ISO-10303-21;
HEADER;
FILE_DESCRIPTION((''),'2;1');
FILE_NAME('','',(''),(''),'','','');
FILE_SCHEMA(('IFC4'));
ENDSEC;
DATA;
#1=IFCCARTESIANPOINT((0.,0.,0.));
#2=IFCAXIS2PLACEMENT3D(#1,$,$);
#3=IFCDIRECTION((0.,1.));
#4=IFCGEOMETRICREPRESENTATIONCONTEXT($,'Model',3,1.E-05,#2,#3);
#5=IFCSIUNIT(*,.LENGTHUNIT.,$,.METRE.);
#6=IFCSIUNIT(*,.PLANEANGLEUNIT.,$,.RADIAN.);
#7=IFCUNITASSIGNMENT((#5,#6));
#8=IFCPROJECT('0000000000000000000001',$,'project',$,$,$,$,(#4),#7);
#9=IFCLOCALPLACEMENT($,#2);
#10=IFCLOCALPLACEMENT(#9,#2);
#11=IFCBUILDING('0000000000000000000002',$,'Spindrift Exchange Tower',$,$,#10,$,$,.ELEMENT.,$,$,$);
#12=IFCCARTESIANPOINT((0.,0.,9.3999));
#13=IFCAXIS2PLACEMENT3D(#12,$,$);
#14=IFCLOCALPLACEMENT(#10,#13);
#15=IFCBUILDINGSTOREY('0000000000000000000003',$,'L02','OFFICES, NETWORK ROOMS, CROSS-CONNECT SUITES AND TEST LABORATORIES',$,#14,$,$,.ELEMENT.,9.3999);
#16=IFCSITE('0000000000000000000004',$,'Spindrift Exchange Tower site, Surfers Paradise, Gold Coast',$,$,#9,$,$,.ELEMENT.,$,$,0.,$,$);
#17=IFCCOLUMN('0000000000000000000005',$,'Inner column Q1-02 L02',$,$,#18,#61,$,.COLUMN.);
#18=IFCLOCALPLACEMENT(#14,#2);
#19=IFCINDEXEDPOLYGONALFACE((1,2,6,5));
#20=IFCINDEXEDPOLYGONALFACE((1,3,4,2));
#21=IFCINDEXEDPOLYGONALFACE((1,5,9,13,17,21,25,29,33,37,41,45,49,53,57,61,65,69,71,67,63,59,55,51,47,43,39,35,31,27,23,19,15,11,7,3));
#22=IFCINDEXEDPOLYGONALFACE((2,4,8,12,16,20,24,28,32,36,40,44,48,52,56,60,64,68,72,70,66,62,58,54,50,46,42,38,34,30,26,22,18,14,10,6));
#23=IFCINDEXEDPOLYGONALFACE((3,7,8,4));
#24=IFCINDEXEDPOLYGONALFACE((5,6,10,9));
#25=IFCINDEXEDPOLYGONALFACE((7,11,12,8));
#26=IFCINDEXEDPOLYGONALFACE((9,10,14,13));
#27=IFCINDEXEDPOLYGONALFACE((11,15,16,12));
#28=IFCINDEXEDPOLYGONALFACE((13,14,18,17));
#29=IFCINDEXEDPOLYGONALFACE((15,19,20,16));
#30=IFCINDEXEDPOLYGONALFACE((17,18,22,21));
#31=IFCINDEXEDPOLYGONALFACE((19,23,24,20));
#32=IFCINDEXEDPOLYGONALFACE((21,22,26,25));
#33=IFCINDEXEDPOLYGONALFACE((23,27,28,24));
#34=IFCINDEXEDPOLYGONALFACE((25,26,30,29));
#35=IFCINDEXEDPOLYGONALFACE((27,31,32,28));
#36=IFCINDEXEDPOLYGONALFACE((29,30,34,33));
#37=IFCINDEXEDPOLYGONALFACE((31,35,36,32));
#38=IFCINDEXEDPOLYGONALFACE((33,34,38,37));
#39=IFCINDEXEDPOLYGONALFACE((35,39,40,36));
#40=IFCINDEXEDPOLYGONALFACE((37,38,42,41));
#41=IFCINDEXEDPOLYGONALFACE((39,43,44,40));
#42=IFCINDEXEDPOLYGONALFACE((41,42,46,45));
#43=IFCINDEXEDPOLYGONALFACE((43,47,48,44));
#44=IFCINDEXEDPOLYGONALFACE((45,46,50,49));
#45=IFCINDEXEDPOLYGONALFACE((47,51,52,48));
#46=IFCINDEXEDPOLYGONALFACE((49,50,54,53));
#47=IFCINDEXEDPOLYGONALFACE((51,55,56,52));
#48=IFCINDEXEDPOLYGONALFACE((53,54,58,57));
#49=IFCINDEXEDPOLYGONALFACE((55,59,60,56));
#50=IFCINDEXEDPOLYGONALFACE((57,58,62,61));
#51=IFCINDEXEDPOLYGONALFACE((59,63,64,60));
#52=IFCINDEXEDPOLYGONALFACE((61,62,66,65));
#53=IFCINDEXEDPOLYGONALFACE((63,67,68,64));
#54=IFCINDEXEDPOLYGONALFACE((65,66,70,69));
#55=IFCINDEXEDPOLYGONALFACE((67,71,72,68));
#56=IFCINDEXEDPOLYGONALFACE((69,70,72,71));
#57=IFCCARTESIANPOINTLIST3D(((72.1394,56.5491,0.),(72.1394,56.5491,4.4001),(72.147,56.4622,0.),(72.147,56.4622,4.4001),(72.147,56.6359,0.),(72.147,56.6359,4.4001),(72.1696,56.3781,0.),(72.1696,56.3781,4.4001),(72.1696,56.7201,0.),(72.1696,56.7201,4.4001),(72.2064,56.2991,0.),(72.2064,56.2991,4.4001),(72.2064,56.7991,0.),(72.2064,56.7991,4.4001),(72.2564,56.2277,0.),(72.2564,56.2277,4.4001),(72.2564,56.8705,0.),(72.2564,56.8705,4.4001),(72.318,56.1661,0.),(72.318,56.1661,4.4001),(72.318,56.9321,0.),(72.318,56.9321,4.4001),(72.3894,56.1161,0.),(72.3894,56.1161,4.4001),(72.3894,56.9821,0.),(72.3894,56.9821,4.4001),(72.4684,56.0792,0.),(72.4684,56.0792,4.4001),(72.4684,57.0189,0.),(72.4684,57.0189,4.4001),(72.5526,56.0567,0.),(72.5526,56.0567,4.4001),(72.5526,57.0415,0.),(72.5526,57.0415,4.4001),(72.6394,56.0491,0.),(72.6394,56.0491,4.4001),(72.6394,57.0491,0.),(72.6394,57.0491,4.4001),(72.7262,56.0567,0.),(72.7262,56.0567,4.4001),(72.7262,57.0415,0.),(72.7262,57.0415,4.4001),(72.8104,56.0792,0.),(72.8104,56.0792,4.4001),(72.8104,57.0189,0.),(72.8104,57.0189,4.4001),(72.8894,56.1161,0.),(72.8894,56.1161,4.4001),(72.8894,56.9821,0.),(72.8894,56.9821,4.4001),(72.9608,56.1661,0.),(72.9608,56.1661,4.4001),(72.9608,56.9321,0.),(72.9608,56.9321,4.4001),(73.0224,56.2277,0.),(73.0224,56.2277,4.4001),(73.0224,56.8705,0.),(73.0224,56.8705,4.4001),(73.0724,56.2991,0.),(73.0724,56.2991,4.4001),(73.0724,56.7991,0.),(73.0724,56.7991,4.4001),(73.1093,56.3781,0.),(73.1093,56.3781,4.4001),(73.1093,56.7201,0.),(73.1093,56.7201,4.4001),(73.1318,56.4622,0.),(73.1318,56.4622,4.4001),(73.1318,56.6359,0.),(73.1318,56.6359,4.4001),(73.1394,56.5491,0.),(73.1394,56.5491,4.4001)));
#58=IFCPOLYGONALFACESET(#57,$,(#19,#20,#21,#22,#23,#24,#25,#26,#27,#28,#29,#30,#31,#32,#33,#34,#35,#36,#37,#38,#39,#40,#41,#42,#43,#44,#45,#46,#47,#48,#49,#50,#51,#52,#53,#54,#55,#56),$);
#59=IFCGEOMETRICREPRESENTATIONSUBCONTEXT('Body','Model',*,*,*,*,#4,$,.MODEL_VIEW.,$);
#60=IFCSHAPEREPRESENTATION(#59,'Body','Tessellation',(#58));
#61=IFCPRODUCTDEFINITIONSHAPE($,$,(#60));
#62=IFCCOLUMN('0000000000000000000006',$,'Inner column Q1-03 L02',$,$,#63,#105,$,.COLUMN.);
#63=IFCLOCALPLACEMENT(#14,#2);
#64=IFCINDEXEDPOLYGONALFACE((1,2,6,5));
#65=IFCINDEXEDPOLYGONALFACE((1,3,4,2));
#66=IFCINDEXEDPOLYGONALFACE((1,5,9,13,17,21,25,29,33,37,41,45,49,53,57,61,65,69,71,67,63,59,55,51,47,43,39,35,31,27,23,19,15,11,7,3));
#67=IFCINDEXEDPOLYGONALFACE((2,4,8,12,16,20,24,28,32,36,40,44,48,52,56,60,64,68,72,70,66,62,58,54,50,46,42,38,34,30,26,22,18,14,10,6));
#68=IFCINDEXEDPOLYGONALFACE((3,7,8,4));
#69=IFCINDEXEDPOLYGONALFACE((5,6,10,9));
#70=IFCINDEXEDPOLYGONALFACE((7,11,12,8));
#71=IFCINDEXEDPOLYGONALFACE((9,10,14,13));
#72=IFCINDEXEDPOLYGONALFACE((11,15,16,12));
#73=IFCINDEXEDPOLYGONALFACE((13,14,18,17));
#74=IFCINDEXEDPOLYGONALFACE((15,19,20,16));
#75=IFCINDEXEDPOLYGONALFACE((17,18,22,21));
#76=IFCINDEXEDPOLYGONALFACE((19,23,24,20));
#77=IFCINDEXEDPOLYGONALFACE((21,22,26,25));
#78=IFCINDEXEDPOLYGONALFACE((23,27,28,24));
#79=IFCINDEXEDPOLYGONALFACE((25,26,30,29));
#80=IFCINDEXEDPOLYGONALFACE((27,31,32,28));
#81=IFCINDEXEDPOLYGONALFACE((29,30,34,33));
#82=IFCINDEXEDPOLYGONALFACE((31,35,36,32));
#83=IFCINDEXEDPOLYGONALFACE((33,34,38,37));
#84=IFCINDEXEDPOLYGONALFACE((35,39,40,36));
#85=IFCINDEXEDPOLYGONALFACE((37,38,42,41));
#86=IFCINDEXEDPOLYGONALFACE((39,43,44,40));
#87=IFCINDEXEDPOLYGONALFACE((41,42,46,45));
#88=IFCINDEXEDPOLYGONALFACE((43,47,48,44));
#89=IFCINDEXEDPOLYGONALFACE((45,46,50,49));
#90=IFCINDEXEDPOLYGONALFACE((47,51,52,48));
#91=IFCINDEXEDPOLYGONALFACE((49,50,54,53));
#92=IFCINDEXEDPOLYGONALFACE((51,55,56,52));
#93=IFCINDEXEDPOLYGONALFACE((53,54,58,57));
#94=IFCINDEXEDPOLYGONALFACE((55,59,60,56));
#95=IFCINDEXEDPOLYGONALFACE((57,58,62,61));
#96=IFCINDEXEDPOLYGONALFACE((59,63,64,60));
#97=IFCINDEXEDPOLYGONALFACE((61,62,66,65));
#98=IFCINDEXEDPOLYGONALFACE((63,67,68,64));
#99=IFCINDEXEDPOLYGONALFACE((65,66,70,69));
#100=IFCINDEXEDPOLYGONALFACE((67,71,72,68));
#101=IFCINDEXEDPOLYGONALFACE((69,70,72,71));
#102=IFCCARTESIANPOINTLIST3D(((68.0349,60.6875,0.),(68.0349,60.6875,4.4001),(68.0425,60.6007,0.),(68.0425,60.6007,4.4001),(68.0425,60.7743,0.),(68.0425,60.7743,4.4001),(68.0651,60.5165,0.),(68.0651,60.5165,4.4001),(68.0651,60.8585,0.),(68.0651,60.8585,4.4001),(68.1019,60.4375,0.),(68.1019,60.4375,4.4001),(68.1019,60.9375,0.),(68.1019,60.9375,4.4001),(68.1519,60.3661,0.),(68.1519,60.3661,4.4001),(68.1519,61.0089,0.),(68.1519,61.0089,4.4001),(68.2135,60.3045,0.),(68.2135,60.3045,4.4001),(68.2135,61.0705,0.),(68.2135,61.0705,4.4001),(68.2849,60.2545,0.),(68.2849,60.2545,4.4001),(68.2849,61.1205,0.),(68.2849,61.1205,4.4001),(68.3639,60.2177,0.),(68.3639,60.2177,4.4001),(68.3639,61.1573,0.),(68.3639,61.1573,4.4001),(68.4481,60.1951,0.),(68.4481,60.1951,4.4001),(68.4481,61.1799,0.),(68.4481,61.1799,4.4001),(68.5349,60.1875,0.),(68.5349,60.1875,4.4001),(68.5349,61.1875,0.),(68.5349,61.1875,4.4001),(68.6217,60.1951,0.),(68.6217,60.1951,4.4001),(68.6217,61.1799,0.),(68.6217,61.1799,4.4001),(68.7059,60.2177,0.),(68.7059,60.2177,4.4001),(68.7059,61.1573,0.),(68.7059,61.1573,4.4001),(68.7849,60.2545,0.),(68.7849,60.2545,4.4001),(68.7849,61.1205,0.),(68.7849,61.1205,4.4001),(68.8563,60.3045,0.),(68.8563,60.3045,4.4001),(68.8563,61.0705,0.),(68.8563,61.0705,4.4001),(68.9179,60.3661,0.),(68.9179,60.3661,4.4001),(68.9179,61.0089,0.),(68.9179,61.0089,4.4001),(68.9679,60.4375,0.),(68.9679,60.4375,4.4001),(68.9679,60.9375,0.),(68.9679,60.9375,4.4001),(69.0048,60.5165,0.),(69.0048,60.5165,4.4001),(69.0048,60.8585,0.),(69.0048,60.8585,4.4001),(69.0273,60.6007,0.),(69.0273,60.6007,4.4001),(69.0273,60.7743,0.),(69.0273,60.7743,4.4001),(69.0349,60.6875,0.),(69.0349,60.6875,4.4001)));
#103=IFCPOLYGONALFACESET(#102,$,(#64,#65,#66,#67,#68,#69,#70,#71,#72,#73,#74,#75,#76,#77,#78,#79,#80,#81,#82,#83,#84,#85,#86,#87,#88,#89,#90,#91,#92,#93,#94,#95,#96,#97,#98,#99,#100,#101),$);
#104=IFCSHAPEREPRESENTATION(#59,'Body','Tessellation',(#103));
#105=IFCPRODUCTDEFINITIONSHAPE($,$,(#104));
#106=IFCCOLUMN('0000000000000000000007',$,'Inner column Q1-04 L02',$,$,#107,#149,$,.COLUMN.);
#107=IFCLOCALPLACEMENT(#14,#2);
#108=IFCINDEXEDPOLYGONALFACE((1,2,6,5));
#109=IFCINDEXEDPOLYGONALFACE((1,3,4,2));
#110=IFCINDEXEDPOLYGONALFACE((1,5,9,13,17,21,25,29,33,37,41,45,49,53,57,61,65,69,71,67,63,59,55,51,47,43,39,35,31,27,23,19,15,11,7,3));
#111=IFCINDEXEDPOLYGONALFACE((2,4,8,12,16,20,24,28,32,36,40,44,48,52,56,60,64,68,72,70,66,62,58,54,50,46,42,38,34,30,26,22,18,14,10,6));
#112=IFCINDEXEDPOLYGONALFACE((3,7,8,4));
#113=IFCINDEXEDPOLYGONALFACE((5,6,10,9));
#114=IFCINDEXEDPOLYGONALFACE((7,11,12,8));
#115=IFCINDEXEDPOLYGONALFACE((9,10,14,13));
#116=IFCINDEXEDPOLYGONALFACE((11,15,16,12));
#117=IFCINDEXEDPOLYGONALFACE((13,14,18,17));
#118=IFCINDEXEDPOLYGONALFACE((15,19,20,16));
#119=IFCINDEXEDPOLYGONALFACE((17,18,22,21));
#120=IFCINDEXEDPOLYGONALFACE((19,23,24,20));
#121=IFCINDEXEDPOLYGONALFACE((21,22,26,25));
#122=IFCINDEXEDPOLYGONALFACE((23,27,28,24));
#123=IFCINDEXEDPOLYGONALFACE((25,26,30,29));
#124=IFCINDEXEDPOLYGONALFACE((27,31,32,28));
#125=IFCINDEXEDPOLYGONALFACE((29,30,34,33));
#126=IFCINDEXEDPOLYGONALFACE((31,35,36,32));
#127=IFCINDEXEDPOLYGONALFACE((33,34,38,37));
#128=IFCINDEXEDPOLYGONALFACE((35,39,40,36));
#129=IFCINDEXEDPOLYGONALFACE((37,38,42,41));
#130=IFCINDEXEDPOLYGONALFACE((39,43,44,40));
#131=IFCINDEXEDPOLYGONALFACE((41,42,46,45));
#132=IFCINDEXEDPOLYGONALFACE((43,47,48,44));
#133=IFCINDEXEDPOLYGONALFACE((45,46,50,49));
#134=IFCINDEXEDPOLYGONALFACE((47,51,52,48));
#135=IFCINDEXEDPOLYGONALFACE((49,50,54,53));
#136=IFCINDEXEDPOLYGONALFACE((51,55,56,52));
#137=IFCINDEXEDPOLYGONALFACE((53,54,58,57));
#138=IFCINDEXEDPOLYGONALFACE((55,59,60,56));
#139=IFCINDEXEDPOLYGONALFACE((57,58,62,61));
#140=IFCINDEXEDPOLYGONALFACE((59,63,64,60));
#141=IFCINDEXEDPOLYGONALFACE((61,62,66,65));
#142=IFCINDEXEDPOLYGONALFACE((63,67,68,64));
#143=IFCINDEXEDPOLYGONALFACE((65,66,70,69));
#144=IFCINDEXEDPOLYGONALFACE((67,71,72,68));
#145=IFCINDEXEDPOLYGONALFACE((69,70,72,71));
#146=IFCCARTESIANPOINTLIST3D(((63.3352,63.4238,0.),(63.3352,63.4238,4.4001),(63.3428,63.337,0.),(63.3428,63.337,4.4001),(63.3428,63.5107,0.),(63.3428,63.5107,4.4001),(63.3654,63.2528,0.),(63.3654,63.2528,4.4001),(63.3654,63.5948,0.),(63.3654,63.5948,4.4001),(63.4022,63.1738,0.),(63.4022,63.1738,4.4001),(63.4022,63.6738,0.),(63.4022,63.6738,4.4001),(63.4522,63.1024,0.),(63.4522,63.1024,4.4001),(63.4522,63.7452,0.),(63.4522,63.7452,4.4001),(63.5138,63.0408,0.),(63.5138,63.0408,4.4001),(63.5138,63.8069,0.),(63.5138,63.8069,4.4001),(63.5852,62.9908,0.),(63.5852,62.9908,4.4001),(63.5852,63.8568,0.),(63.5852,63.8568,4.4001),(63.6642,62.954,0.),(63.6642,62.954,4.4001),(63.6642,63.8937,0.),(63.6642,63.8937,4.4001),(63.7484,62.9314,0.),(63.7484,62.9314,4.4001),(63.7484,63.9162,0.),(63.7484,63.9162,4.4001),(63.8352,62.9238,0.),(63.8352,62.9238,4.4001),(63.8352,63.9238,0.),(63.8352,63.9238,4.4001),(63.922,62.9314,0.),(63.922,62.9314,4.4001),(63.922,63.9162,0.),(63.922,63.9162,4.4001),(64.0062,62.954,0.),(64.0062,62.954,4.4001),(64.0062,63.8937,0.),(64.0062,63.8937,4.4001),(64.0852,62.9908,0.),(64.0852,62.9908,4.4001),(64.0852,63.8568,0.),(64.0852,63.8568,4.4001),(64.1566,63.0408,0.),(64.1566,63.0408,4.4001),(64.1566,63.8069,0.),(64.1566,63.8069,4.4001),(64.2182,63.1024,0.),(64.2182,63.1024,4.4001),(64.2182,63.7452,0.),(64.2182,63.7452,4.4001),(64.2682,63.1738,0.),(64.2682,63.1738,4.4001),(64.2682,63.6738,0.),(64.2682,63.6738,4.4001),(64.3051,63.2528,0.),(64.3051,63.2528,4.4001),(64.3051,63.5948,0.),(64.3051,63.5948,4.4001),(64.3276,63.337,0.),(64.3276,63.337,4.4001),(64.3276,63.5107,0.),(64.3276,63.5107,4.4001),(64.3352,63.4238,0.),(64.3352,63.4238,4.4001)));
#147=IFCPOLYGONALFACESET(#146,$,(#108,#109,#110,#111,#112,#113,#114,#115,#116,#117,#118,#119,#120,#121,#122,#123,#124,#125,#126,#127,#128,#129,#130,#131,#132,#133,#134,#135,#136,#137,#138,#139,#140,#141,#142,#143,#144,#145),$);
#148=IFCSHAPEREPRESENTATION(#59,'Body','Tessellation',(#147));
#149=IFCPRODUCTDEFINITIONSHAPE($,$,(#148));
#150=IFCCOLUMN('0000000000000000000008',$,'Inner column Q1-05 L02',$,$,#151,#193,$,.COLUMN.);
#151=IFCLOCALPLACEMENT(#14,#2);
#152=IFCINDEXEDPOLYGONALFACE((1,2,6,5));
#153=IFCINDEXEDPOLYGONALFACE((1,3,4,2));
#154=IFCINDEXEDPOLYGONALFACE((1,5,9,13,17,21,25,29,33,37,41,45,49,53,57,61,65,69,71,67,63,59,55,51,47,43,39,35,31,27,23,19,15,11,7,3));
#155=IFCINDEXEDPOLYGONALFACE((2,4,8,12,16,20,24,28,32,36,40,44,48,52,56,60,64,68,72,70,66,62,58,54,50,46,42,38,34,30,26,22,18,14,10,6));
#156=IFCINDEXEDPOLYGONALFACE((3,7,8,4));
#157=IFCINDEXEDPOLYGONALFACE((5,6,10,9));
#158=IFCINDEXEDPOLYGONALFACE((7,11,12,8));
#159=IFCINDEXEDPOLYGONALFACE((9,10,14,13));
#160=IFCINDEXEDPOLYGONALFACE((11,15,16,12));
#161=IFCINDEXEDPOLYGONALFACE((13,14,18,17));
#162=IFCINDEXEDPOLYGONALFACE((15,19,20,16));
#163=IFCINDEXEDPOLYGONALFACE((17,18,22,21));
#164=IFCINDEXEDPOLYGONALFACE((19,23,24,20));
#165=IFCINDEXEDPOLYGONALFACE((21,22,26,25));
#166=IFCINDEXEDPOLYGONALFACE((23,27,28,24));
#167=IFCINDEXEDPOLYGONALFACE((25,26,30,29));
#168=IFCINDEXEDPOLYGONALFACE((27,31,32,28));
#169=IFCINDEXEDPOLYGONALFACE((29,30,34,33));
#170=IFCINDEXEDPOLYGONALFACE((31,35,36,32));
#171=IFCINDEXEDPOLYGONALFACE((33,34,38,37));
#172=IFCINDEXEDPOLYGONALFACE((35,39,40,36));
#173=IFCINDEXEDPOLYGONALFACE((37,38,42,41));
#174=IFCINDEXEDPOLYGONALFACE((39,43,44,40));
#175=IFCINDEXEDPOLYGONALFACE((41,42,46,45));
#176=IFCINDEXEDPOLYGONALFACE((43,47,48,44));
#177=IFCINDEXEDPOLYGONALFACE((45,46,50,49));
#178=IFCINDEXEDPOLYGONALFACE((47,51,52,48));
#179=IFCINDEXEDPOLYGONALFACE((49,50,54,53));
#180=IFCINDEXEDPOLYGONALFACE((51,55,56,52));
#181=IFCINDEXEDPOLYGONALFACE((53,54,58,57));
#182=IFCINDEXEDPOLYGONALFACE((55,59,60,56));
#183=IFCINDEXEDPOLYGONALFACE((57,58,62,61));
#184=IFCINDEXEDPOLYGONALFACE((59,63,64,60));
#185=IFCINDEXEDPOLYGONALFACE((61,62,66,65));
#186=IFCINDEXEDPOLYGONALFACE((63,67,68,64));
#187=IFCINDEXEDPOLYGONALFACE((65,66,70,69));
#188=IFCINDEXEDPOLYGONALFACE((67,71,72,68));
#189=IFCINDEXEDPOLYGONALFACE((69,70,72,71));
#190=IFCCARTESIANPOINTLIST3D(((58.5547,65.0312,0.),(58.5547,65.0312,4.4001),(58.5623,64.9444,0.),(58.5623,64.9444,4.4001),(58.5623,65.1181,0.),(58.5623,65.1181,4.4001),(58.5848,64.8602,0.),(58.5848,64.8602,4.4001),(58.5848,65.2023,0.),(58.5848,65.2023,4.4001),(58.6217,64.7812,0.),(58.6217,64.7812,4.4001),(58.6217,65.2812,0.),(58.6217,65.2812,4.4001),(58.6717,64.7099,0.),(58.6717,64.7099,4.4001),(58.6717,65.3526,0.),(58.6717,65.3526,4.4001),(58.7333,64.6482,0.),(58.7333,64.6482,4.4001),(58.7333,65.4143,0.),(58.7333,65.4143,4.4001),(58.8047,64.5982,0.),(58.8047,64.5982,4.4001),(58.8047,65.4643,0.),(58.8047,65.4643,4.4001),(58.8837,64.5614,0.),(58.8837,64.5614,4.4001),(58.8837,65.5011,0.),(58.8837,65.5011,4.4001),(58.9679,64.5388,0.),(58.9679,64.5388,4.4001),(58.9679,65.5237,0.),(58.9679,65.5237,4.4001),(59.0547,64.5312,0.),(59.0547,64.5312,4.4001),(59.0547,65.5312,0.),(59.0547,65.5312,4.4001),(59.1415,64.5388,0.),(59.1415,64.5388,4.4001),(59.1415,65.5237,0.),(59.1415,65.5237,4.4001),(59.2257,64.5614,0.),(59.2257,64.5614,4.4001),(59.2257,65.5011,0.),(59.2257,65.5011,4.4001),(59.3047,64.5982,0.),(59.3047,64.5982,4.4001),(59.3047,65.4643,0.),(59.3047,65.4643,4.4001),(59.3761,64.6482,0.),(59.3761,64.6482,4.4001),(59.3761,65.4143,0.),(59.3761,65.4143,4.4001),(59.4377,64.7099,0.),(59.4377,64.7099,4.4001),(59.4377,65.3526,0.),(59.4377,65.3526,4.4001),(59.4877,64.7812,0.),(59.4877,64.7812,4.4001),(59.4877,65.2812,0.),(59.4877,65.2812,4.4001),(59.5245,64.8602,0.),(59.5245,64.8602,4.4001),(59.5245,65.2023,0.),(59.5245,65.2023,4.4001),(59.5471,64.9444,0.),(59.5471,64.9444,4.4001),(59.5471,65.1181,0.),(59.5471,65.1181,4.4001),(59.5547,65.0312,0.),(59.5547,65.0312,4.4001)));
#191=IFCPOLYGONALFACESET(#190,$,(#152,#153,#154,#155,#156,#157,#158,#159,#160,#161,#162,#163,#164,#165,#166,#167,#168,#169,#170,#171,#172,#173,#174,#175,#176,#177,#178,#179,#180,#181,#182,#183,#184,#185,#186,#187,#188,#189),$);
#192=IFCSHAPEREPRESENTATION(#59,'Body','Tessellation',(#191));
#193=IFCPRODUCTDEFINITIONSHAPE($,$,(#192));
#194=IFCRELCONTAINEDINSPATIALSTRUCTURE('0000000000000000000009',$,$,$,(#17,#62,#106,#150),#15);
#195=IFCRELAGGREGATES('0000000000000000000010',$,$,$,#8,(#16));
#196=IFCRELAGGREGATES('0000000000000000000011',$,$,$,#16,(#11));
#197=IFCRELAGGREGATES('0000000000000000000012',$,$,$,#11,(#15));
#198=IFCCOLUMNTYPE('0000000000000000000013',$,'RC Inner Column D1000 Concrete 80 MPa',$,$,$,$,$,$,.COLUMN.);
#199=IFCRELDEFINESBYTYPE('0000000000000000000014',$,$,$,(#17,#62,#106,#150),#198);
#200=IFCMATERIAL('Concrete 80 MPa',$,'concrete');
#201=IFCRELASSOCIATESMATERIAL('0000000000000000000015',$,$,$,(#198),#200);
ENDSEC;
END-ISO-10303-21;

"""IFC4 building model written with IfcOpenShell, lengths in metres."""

from ifc_helpers import new_model, si_unit, direction, frame, origin, origin_2d, place, context, subcontext, project, spatial, circle, extrude, source, transform, mapped, material, material_profile, profile_set, type_object, element, save


model = new_model("IFC4")

# Units and contexts
model_context = context("Model", 3, precision=1e-05, world=origin(), true_north=direction((0.0, 1.0)))
body_context = subcontext(model_context, "Body", "Model", "MODEL_VIEW")
ifc_project = project(units=[si_unit("LENGTHUNIT", "METRE"), si_unit("PLANEANGLEUNIT", "RADIAN")], contexts=[model_context])

# Site, building, storey
site_placement = place(None, origin())
site = spatial("IfcSite", under=ifc_project, at=site_placement, Name="Spindrift Exchange Tower site, Surfers Paradise, Gold Coast", CompositionType="ELEMENT", RefElevation=0.0)
building_placement = place(site_placement, origin())
building = spatial("IfcBuilding", under=site, at=building_placement, Name="Spindrift Exchange Tower", CompositionType="ELEMENT")
storey_placement = place(building_placement, frame((0.0, 0.0, 9.3999)))
storey = spatial("IfcBuildingStorey", under=building, at=storey_placement, Name="L02", Description="OFFICES, NETWORK ROOMS, CROSS-CONNECT SUITES AND TEST LABORATORIES", CompositionType="ELEMENT", Elevation=9.3999)

# Columns
ifc_material_1 = material(Name="Concrete 80 MPa", Category="concrete")
ifc_material_profile_1 = material_profile(ifc_material_1, circle(Radius=0.5, at=origin_2d()), Name="RC D1000")
ifc_profile_set_1 = profile_set([ifc_material_profile_1], Name="Concrete 80 MPa")
column_type = type_object("IfcColumnType", Name="RC Inner Column D1000 Concrete 80 MPa", PredefinedType="COLUMN", material=ifc_profile_set_1)
shared_shape_1 = source(origin(), body_context, "Body", "SweptSolid", [
    extrude(circle(Radius=0.5, at=origin_2d()), origin(), (0.0, 0.0, 1.0), 4.4001),
])
for number, where, z_axis, x_axis, name in (
    (1, (72.6394, 56.5491, 0.0), (0.0, 0.0, 1.0), (1.0, 0.0, 0.0), "Inner column Q1-02 L02"),
    (2, (68.5349, 60.6875, 0.0), (0.0, 0.0, 1.0), (1.0, 0.0, 0.0), "Inner column Q1-03 L02"),
    (3, (63.8352, 63.4238, 0.0), (0.0, 0.0, 1.0), (1.0, 0.0, 0.0), "Inner column Q1-04 L02"),
    (4, (59.0547, 65.0312, 0.0), (0.0, 0.0, 1.0), (1.0, 0.0, 0.0), "Inner column Q1-05 L02"),
):
    element("IfcColumn", number, at=place(storey_placement, frame(where, z_axis=z_axis, x_axis=x_axis)), inside=storey, type_object=column_type, Name=name, PredefinedType="COLUMN", context=body_context, shape_type="MappedRepresentation", body=[
        mapped(shared_shape_1, transform((0.0, 0.0, 0.0), scale=1.0)),
    ])

save(model, "model.ifc")
